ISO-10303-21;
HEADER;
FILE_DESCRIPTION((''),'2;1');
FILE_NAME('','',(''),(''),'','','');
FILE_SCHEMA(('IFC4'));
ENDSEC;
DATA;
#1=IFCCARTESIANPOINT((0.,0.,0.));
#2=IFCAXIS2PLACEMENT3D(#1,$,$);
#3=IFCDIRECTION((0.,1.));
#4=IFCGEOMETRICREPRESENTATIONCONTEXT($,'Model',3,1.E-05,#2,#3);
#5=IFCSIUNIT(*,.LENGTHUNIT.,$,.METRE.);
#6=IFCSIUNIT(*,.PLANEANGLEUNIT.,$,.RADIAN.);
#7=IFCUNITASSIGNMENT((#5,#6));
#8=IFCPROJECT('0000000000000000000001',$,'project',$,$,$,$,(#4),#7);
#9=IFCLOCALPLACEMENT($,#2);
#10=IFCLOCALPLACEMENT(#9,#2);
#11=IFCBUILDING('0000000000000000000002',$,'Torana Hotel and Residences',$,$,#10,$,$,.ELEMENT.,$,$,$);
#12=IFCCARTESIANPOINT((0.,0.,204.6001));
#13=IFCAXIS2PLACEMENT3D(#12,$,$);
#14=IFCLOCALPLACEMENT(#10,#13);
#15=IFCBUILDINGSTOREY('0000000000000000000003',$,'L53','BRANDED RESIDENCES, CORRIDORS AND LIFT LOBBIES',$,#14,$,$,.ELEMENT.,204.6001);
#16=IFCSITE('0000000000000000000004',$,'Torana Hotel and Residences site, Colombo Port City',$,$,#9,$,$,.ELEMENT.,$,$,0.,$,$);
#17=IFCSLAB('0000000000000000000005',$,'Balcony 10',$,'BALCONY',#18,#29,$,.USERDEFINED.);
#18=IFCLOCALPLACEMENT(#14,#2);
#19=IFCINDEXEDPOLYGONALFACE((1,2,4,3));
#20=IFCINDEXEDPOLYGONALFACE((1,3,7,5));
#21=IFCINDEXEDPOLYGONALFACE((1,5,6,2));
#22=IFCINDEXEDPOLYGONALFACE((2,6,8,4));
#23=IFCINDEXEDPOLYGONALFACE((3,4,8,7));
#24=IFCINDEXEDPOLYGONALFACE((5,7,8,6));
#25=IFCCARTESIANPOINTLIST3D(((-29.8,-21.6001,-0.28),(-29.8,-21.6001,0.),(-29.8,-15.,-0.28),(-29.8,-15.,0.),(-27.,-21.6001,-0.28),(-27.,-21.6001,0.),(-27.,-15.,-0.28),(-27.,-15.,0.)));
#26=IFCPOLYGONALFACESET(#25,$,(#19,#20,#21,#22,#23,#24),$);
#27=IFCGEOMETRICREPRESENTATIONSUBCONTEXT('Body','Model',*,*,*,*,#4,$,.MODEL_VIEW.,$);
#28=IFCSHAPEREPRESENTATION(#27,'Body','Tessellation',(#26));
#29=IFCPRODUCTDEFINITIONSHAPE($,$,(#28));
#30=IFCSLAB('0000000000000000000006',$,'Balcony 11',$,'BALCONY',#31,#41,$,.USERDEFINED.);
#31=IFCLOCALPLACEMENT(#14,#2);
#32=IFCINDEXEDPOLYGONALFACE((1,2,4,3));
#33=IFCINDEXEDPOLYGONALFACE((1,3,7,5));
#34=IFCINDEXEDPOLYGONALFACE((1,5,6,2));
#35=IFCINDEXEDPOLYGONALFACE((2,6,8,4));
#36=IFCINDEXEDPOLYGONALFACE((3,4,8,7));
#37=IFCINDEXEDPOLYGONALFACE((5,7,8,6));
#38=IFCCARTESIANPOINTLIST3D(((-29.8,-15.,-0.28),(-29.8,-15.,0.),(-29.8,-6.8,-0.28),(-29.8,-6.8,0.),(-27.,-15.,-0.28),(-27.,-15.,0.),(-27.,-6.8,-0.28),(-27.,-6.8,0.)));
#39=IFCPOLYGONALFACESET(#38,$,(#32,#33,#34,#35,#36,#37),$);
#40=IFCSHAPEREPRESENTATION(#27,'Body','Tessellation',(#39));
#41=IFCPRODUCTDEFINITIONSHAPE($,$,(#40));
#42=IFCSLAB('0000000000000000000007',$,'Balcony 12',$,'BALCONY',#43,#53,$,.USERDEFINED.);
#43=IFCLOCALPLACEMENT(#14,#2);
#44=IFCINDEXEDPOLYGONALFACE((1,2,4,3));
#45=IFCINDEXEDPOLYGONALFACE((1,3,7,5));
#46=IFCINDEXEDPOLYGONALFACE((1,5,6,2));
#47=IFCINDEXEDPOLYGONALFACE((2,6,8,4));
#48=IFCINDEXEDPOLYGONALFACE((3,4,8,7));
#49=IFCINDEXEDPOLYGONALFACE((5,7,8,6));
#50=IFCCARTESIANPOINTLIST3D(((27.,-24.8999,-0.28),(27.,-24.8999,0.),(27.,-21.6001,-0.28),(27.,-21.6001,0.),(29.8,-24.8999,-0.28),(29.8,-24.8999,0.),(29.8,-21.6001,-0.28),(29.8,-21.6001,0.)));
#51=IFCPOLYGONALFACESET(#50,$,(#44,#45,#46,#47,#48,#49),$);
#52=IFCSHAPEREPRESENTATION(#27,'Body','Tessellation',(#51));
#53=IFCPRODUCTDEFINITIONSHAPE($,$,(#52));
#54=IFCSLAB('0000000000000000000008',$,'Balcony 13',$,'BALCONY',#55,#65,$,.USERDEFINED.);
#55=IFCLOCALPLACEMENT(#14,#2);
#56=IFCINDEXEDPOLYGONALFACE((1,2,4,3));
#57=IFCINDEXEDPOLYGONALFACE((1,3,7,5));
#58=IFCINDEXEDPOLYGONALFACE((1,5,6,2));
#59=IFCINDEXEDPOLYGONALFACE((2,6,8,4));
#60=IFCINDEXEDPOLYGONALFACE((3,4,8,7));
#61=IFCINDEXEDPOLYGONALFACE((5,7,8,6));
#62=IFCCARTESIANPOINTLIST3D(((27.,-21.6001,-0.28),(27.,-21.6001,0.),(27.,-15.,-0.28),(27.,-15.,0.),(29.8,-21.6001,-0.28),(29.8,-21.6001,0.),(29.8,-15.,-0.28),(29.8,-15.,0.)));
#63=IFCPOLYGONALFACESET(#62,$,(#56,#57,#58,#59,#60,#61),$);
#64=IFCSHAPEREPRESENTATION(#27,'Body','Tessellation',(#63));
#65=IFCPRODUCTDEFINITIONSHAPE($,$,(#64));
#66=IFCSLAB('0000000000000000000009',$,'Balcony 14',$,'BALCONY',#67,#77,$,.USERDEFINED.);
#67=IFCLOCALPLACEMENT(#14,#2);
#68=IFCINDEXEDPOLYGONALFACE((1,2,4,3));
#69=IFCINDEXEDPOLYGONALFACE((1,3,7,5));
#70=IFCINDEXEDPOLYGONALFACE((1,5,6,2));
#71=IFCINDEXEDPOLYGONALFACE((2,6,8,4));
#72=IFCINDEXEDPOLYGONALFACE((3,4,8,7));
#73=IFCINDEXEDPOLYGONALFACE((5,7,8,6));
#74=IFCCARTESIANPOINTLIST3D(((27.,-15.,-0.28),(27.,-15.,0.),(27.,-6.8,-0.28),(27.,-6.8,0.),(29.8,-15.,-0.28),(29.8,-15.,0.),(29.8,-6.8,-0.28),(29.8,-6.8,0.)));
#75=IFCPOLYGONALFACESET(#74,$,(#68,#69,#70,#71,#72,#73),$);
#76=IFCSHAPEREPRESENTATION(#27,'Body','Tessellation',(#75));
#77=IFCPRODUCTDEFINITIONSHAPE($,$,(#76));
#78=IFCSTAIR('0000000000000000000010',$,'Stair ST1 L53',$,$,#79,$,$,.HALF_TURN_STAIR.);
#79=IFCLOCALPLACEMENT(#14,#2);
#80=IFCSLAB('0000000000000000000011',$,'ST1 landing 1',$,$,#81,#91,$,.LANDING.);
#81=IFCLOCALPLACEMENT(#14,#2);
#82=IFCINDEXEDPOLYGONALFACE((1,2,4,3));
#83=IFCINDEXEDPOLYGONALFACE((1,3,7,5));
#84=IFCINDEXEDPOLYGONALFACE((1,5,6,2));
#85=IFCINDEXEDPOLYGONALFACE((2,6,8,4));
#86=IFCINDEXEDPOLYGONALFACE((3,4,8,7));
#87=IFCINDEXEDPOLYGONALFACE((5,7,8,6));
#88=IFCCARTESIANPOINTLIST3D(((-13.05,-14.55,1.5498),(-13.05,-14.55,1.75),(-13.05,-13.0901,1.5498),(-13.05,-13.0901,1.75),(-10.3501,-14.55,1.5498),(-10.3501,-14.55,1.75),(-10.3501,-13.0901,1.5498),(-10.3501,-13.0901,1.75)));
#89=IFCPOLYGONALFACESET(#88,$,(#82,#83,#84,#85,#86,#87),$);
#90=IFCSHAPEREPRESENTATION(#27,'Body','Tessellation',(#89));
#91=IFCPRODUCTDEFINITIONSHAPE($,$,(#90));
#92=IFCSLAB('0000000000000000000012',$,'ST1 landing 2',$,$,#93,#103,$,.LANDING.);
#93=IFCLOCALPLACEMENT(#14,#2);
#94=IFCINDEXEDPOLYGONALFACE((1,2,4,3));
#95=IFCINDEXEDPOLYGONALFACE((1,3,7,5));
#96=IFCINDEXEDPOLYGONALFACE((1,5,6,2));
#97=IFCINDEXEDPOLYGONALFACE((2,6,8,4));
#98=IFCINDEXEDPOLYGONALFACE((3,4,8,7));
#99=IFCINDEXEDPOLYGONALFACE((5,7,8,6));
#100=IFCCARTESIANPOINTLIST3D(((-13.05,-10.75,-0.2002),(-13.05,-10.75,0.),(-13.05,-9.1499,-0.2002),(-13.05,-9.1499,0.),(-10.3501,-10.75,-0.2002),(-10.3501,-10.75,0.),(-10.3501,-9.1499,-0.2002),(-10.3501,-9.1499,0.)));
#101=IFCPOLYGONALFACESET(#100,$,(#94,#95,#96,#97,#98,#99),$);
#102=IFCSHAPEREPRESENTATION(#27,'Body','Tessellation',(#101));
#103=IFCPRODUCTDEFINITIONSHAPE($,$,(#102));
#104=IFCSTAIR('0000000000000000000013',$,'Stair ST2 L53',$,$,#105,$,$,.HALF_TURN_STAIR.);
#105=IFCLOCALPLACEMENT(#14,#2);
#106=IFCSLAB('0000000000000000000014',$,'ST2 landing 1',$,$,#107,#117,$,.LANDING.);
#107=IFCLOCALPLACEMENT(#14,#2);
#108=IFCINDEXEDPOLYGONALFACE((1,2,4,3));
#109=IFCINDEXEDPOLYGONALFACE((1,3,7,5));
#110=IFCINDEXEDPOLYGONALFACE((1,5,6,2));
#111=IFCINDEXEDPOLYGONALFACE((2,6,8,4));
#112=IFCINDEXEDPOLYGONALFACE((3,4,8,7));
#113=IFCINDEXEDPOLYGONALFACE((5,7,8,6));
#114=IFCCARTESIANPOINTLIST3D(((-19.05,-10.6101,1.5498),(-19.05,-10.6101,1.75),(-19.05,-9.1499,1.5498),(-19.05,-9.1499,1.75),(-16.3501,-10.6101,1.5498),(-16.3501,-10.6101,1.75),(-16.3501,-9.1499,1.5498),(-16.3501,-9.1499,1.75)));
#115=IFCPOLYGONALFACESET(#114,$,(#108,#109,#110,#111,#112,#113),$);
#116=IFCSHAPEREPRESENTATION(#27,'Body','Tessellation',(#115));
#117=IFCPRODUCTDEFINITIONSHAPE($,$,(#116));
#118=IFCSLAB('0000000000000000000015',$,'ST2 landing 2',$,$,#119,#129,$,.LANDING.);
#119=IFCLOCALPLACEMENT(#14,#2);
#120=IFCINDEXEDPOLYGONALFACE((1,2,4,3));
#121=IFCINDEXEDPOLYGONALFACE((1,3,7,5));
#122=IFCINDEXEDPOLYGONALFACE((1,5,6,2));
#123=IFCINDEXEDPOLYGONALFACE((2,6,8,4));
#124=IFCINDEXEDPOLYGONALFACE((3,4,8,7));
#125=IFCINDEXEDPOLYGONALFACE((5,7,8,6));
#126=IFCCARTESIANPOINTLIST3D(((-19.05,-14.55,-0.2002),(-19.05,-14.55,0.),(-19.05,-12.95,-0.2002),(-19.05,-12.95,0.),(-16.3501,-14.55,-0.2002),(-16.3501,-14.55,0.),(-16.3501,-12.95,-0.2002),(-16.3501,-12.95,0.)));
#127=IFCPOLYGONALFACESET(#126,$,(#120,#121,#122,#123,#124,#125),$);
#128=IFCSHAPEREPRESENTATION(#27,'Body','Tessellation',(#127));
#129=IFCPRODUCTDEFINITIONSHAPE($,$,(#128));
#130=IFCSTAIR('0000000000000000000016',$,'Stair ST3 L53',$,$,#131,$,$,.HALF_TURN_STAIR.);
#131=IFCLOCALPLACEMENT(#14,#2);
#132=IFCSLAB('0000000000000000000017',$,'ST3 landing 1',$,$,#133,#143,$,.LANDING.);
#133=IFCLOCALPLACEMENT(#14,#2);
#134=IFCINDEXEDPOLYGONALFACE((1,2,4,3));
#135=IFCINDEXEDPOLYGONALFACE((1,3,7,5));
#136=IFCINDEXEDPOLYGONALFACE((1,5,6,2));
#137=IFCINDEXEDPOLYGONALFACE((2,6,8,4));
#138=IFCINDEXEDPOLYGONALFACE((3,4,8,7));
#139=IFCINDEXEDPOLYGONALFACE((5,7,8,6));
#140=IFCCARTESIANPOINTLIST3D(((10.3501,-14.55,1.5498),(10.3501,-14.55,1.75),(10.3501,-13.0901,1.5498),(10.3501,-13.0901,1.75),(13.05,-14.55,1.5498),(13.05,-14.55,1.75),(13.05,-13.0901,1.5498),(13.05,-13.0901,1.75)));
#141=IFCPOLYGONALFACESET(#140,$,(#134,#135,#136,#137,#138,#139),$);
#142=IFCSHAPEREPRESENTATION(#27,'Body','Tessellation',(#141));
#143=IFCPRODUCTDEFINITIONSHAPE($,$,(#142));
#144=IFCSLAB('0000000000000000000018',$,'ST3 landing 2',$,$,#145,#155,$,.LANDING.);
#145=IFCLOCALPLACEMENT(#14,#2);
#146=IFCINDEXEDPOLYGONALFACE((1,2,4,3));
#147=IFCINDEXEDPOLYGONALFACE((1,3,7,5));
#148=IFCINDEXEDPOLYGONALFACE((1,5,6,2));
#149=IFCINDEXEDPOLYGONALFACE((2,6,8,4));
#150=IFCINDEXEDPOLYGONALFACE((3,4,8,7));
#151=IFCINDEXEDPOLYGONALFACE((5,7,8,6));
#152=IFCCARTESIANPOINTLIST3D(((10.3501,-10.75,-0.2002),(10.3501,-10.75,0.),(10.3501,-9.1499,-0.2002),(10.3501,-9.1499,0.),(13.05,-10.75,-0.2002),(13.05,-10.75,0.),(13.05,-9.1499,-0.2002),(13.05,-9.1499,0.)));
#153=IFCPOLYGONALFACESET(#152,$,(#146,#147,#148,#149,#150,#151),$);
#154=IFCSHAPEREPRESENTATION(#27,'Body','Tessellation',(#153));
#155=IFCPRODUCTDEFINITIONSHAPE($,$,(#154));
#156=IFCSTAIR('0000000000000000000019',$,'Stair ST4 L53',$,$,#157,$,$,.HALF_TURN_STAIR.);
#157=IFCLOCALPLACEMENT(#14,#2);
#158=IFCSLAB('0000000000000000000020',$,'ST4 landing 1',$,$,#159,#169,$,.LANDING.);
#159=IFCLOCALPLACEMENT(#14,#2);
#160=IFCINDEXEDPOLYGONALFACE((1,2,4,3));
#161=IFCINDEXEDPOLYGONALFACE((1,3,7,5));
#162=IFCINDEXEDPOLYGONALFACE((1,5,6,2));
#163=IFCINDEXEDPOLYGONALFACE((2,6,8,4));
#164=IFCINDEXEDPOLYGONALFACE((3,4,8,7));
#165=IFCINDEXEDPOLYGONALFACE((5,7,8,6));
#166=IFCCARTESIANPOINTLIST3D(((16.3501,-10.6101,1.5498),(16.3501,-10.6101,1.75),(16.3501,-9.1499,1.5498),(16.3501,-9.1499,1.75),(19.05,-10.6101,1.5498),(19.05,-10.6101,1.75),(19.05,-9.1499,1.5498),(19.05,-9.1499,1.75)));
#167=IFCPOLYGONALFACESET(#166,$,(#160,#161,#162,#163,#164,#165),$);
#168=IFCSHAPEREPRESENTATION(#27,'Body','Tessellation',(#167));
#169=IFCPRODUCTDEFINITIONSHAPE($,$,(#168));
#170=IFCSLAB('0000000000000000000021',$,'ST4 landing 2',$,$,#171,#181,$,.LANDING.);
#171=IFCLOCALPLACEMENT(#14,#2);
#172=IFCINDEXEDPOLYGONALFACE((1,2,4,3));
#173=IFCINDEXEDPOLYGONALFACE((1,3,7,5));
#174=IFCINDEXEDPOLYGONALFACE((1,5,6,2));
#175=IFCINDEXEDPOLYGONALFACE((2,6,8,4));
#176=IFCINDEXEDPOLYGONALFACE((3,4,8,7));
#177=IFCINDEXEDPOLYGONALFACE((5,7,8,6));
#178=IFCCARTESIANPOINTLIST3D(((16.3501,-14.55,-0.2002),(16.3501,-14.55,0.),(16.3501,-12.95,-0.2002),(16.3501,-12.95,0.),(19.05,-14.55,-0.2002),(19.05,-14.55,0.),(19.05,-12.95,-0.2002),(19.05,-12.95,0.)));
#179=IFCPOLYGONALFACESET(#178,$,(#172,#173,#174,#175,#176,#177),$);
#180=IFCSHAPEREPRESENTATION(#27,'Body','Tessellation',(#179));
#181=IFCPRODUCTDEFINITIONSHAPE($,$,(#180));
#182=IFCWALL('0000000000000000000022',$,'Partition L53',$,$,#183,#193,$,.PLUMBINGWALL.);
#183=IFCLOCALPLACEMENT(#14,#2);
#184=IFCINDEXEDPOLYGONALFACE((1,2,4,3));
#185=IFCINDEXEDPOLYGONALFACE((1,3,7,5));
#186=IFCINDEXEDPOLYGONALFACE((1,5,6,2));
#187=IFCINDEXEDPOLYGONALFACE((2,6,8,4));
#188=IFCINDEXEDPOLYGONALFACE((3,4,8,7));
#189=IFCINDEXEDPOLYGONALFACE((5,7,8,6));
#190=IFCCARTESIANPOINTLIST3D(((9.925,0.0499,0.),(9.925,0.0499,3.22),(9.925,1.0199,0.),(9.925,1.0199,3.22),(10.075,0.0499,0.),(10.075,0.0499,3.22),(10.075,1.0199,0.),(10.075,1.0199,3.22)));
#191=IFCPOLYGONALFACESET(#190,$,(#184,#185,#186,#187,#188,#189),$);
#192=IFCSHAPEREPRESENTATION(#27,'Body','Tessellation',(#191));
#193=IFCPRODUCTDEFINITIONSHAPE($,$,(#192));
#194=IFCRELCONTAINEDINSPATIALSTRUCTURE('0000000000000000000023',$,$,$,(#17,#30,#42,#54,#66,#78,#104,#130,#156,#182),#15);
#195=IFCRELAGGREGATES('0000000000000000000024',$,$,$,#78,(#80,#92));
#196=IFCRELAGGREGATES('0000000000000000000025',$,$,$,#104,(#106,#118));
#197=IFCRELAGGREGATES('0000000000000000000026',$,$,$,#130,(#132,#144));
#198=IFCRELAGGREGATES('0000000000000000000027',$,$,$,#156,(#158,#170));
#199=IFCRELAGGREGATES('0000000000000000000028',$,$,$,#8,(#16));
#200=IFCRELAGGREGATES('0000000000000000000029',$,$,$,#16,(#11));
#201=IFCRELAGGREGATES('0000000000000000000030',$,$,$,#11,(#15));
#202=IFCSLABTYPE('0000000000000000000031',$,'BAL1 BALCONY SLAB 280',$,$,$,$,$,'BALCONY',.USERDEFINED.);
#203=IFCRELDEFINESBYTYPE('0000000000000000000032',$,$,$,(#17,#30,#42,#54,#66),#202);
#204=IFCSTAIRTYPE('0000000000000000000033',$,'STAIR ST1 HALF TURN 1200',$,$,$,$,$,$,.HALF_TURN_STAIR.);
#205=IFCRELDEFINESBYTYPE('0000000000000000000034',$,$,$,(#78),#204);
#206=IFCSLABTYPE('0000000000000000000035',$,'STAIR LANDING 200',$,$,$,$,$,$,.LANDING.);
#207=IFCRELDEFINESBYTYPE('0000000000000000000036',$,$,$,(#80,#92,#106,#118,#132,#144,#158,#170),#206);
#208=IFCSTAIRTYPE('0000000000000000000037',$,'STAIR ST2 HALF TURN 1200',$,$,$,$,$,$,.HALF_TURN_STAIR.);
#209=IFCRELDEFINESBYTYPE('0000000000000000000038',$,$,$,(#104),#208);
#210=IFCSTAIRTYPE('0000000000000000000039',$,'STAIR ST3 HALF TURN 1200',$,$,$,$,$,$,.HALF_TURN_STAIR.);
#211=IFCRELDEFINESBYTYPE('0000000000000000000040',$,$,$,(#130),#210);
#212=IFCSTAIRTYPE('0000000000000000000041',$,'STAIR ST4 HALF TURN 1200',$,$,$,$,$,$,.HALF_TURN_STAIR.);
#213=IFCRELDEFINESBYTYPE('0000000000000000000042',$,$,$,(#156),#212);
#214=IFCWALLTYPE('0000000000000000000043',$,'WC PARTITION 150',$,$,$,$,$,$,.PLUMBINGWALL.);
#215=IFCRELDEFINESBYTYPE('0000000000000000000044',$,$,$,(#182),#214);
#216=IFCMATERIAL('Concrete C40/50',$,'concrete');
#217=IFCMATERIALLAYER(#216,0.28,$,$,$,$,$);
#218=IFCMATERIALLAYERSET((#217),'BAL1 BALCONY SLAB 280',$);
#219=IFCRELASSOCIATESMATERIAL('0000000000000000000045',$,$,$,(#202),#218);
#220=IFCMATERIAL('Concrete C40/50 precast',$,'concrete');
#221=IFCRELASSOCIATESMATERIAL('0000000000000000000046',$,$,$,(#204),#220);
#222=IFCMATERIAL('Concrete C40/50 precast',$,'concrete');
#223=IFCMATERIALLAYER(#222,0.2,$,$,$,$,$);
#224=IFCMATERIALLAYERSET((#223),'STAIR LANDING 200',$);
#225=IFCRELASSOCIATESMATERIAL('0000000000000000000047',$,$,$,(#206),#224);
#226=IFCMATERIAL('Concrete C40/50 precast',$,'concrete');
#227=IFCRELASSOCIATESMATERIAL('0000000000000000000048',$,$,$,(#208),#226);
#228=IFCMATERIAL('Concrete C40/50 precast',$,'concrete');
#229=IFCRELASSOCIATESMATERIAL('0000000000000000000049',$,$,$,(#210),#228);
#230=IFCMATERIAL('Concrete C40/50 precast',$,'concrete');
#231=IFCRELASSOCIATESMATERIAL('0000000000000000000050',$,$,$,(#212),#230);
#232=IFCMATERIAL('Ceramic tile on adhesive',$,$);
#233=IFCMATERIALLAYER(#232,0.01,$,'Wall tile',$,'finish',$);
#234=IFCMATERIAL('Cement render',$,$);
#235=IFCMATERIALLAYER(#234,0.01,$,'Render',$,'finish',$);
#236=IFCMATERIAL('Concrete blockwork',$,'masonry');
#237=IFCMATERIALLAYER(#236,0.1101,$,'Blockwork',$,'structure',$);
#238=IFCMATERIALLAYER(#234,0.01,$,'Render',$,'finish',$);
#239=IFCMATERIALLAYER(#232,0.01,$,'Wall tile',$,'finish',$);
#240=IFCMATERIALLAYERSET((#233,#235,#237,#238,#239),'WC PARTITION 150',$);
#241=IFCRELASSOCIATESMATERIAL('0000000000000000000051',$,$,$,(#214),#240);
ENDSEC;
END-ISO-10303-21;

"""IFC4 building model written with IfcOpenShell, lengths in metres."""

from ifc_helpers import new_model, si_unit, direction, frame, frame_2d, origin, place, context, subcontext, project, spatial, polyline, rectangle, outline, extrude, material, layer, layer_set, type_object, element, aggregate, save


model = new_model("IFC4")

# Units and contexts
model_context = context("Model", 3, precision=1e-05, world=origin(), true_north=direction((0.0, 1.0)))
body_context = subcontext(model_context, "Body", "Model", "MODEL_VIEW")
ifc_project = project(units=[si_unit("LENGTHUNIT", "METRE"), si_unit("PLANEANGLEUNIT", "RADIAN")], contexts=[model_context])

# Site, building, storey
site_placement = place(None, origin())
site = spatial("IfcSite", under=ifc_project, at=site_placement, Name="Torana Hotel and Residences site, Colombo Port City", CompositionType="ELEMENT", RefElevation=0.0)
building_placement = place(site_placement, origin())
building = spatial("IfcBuilding", under=site, at=building_placement, Name="Torana Hotel and Residences", CompositionType="ELEMENT")
storey_placement = place(building_placement, frame((0.0, 0.0, 204.6001)))
storey = spatial("IfcBuildingStorey", under=building, at=storey_placement, Name="L53", Description="BRANDED RESIDENCES, CORRIDORS AND LIFT LOBBIES", CompositionType="ELEMENT", Elevation=204.6001)

# Slabs
ifc_material_1 = material(Name="Concrete C40/50", Category="concrete")
ifc_layer_1 = layer(ifc_material_1, 0.28)
ifc_layer_set_1 = layer_set([ifc_layer_1], Name="BAL1 BALCONY SLAB 280")
slab_type_1 = type_object("IfcSlabType", Name="BAL1 BALCONY SLAB 280", ElementType="BALCONY", PredefinedType="USERDEFINED", material=ifc_layer_set_1)
slab_1_placement = place(storey_placement, frame((0.0, 0.0, -0.28)))
element("IfcSlab", 1, at=slab_1_placement, inside=storey, type_object=slab_type_1, Name="Balcony 10", ObjectType="BALCONY", PredefinedType="USERDEFINED", context=body_context, shape_type="SweptSolid", body=[
    extrude(outline(polyline([(-29.8, -21.6001), (-27.0, -21.6001), (-27.0, -15.0), (-29.8, -15.0), (-29.8, -21.6001)])), origin(), (0.0, 0.0, 1.0), 0.28),
])
slab_2_placement = place(storey_placement, frame((0.0, 0.0, -0.28)))
element("IfcSlab", 2, at=slab_2_placement, inside=storey, type_object=slab_type_1, Name="Balcony 11", ObjectType="BALCONY", PredefinedType="USERDEFINED", context=body_context, shape_type="SweptSolid", body=[
    extrude(outline(polyline([(-29.8, -15.0), (-27.0, -15.0), (-27.0, -6.8), (-29.8, -6.8), (-29.8, -15.0)])), origin(), (0.0, 0.0, 1.0), 0.28),
])
slab_3_placement = place(storey_placement, frame((0.0, 0.0, -0.28)))
element("IfcSlab", 3, at=slab_3_placement, inside=storey, type_object=slab_type_1, Name="Balcony 12", ObjectType="BALCONY", PredefinedType="USERDEFINED", context=body_context, shape_type="SweptSolid", body=[
    extrude(outline(polyline([(27.0, -24.8999), (29.8, -24.8999), (29.8, -21.6001), (27.0, -21.6001), (27.0, -24.8999)])), origin(), (0.0, 0.0, 1.0), 0.28),
])
slab_4_placement = place(storey_placement, frame((0.0, 0.0, -0.28)))
element("IfcSlab", 4, at=slab_4_placement, inside=storey, type_object=slab_type_1, Name="Balcony 13", ObjectType="BALCONY", PredefinedType="USERDEFINED", context=body_context, shape_type="SweptSolid", body=[
    extrude(outline(polyline([(27.0, -21.6001), (29.8, -21.6001), (29.8, -15.0), (27.0, -15.0), (27.0, -21.6001)])), origin(), (0.0, 0.0, 1.0), 0.28),
])
slab_5_placement = place(storey_placement, frame((0.0, 0.0, -0.28)))
element("IfcSlab", 5, at=slab_5_placement, inside=storey, type_object=slab_type_1, Name="Balcony 14", ObjectType="BALCONY", PredefinedType="USERDEFINED", context=body_context, shape_type="SweptSolid", body=[
    extrude(outline(polyline([(27.0, -15.0), (29.8, -15.0), (29.8, -6.8), (27.0, -6.8), (27.0, -15.0)])), origin(), (0.0, 0.0, 1.0), 0.28),
])

# Stairs, slabs
ifc_material_2 = material(Name="Concrete C40/50 precast", Category="concrete")
stair_type_1 = type_object("IfcStairType", Name="STAIR ST1 HALF TURN 1200", PredefinedType="HALF_TURN_STAIR", material=ifc_material_2)
stair_1_placement = place(storey_placement, origin())
stair_1 = element("IfcStair", 6, at=stair_1_placement, inside=storey, type_object=stair_type_1, Name="Stair ST1 L53", PredefinedType="HALF_TURN_STAIR")
ifc_material_3 = material(Name="Concrete C40/50 precast", Category="concrete")
ifc_layer_2 = layer(ifc_material_3, 0.2)
ifc_layer_set_2 = layer_set([ifc_layer_2], Name="STAIR LANDING 200")
slab_type_2 = type_object("IfcSlabType", Name="STAIR LANDING 200", PredefinedType="LANDING", material=ifc_layer_set_2)
slab_6_placement = place(storey_placement, frame((0.0, 0.0, 1.5498)))
slab_6 = element("IfcSlab", 7, at=slab_6_placement, type_object=slab_type_2, Name="ST1 landing 1", PredefinedType="LANDING", context=body_context, shape_type="SweptSolid", body=[
    extrude(outline(polyline([(-13.05, -14.55), (-10.3501, -14.55), (-10.3501, -13.0901), (-13.05, -13.0901), (-13.05, -14.55)])), origin(), (0.0, 0.0, 1.0), 0.2002),
])
slab_7_placement = place(storey_placement, frame((0.0, 0.0, -0.2002)))
slab_7 = element("IfcSlab", 8, at=slab_7_placement, type_object=slab_type_2, Name="ST1 landing 2", PredefinedType="LANDING", context=body_context, shape_type="SweptSolid", body=[
    extrude(outline(polyline([(-13.05, -10.75), (-10.3501, -10.75), (-10.3501, -9.1499), (-13.05, -9.1499), (-13.05, -10.75)])), origin(), (0.0, 0.0, 1.0), 0.2002),
])
aggregate(stair_1, [slab_6, slab_7])
ifc_material_4 = material(Name="Concrete C40/50 precast", Category="concrete")
stair_type_2 = type_object("IfcStairType", Name="STAIR ST2 HALF TURN 1200", PredefinedType="HALF_TURN_STAIR", material=ifc_material_4)
stair_2_placement = place(storey_placement, origin())
stair_2 = element("IfcStair", 9, at=stair_2_placement, inside=storey, type_object=stair_type_2, Name="Stair ST2 L53", PredefinedType="HALF_TURN_STAIR")
slab_8_placement = place(storey_placement, frame((0.0, 0.0, 1.5498)))
slab_8 = element("IfcSlab", 10, at=slab_8_placement, type_object=slab_type_2, Name="ST2 landing 1", PredefinedType="LANDING", context=body_context, shape_type="SweptSolid", body=[
    extrude(outline(polyline([(-19.05, -10.6101), (-16.3501, -10.6101), (-16.3501, -9.1499), (-19.05, -9.1499), (-19.05, -10.6101)])), origin(), (0.0, 0.0, 1.0), 0.2002),
])
slab_9_placement = place(storey_placement, frame((0.0, 0.0, -0.2002)))
slab_9 = element("IfcSlab", 11, at=slab_9_placement, type_object=slab_type_2, Name="ST2 landing 2", PredefinedType="LANDING", context=body_context, shape_type="SweptSolid", body=[
    extrude(outline(polyline([(-19.05, -14.55), (-16.3501, -14.55), (-16.3501, -12.95), (-19.05, -12.95), (-19.05, -14.55)])), origin(), (0.0, 0.0, 1.0), 0.2002),
])
aggregate(stair_2, [slab_8, slab_9])
ifc_material_5 = material(Name="Concrete C40/50 precast", Category="concrete")
stair_type_3 = type_object("IfcStairType", Name="STAIR ST3 HALF TURN 1200", PredefinedType="HALF_TURN_STAIR", material=ifc_material_5)
stair_3_placement = place(storey_placement, origin())
stair_3 = element("IfcStair", 12, at=stair_3_placement, inside=storey, type_object=stair_type_3, Name="Stair ST3 L53", PredefinedType="HALF_TURN_STAIR")
slab_10_placement = place(storey_placement, frame((0.0, 0.0, 1.5498)))
slab_10 = element("IfcSlab", 13, at=slab_10_placement, type_object=slab_type_2, Name="ST3 landing 1", PredefinedType="LANDING", context=body_context, shape_type="SweptSolid", body=[
    extrude(outline(polyline([(10.3501, -14.55), (13.05, -14.55), (13.05, -13.0901), (10.3501, -13.0901), (10.3501, -14.55)])), origin(), (0.0, 0.0, 1.0), 0.2002),
])
slab_11_placement = place(storey_placement, frame((0.0, 0.0, -0.2002)))
slab_11 = element("IfcSlab", 14, at=slab_11_placement, type_object=slab_type_2, Name="ST3 landing 2", PredefinedType="LANDING", context=body_context, shape_type="SweptSolid", body=[
    extrude(outline(polyline([(10.3501, -10.75), (13.05, -10.75), (13.05, -9.1499), (10.3501, -9.1499), (10.3501, -10.75)])), origin(), (0.0, 0.0, 1.0), 0.2002),
])
aggregate(stair_3, [slab_10, slab_11])
ifc_material_6 = material(Name="Concrete C40/50 precast", Category="concrete")
stair_type_4 = type_object("IfcStairType", Name="STAIR ST4 HALF TURN 1200", PredefinedType="HALF_TURN_STAIR", material=ifc_material_6)
stair_4_placement = place(storey_placement, origin())
stair_4 = element("IfcStair", 15, at=stair_4_placement, inside=storey, type_object=stair_type_4, Name="Stair ST4 L53", PredefinedType="HALF_TURN_STAIR")
slab_12_placement = place(storey_placement, frame((0.0, 0.0, 1.5498)))
slab_12 = element("IfcSlab", 16, at=slab_12_placement, type_object=slab_type_2, Name="ST4 landing 1", PredefinedType="LANDING", context=body_context, shape_type="SweptSolid", body=[
    extrude(outline(polyline([(16.3501, -10.6101), (19.05, -10.6101), (19.05, -9.1499), (16.3501, -9.1499), (16.3501, -10.6101)])), origin(), (0.0, 0.0, 1.0), 0.2002),
])
slab_13_placement = place(storey_placement, frame((0.0, 0.0, -0.2002)))
slab_13 = element("IfcSlab", 17, at=slab_13_placement, type_object=slab_type_2, Name="ST4 landing 2", PredefinedType="LANDING", context=body_context, shape_type="SweptSolid", body=[
    extrude(outline(polyline([(16.3501, -14.55), (19.05, -14.55), (19.05, -12.95), (16.3501, -12.95), (16.3501, -14.55)])), origin(), (0.0, 0.0, 1.0), 0.2002),
])
aggregate(stair_4, [slab_12, slab_13])

# Wall
ifc_material_7 = material(Name="Ceramic tile on adhesive")
ifc_layer_3 = layer(ifc_material_7, 0.01, Name="Wall tile", Category="finish")
ifc_material_8 = material(Name="Cement render")
ifc_layer_4 = layer(ifc_material_8, 0.01, Name="Render", Category="finish")
ifc_material_9 = material(Name="Concrete blockwork", Category="masonry")
ifc_layer_5 = layer(ifc_material_9, 0.1101, Name="Blockwork", Category="structure")
ifc_layer_6 = layer(ifc_material_8, 0.01, Name="Render", Category="finish")
ifc_layer_7 = layer(ifc_material_7, 0.01, Name="Wall tile", Category="finish")
ifc_layer_set_3 = layer_set([ifc_layer_3, ifc_layer_4, ifc_layer_5, ifc_layer_6, ifc_layer_7], Name="WC PARTITION 150")
wall_type = type_object("IfcWallType", Name="WC PARTITION 150", PredefinedType="PLUMBINGWALL", material=ifc_layer_set_3)
wall_placement = place(storey_placement, frame((10.0, 0.05, 0.0), z_axis=(0.0, 0.0, 1.0), x_axis=(0.0, 1.0, 0.0)))
element("IfcWall", 18, at=wall_placement, inside=storey, type_object=wall_type, Name="Partition L53", PredefinedType="PLUMBINGWALL", context=body_context, shape_type="SweptSolid", body=[
    extrude(rectangle(XDim=0.97, YDim=0.1499, at=frame_2d((0.4849, 0.0))), origin(), (0.0, 0.0, 1.0), 3.22),
])

save(model, "model.ifc")
